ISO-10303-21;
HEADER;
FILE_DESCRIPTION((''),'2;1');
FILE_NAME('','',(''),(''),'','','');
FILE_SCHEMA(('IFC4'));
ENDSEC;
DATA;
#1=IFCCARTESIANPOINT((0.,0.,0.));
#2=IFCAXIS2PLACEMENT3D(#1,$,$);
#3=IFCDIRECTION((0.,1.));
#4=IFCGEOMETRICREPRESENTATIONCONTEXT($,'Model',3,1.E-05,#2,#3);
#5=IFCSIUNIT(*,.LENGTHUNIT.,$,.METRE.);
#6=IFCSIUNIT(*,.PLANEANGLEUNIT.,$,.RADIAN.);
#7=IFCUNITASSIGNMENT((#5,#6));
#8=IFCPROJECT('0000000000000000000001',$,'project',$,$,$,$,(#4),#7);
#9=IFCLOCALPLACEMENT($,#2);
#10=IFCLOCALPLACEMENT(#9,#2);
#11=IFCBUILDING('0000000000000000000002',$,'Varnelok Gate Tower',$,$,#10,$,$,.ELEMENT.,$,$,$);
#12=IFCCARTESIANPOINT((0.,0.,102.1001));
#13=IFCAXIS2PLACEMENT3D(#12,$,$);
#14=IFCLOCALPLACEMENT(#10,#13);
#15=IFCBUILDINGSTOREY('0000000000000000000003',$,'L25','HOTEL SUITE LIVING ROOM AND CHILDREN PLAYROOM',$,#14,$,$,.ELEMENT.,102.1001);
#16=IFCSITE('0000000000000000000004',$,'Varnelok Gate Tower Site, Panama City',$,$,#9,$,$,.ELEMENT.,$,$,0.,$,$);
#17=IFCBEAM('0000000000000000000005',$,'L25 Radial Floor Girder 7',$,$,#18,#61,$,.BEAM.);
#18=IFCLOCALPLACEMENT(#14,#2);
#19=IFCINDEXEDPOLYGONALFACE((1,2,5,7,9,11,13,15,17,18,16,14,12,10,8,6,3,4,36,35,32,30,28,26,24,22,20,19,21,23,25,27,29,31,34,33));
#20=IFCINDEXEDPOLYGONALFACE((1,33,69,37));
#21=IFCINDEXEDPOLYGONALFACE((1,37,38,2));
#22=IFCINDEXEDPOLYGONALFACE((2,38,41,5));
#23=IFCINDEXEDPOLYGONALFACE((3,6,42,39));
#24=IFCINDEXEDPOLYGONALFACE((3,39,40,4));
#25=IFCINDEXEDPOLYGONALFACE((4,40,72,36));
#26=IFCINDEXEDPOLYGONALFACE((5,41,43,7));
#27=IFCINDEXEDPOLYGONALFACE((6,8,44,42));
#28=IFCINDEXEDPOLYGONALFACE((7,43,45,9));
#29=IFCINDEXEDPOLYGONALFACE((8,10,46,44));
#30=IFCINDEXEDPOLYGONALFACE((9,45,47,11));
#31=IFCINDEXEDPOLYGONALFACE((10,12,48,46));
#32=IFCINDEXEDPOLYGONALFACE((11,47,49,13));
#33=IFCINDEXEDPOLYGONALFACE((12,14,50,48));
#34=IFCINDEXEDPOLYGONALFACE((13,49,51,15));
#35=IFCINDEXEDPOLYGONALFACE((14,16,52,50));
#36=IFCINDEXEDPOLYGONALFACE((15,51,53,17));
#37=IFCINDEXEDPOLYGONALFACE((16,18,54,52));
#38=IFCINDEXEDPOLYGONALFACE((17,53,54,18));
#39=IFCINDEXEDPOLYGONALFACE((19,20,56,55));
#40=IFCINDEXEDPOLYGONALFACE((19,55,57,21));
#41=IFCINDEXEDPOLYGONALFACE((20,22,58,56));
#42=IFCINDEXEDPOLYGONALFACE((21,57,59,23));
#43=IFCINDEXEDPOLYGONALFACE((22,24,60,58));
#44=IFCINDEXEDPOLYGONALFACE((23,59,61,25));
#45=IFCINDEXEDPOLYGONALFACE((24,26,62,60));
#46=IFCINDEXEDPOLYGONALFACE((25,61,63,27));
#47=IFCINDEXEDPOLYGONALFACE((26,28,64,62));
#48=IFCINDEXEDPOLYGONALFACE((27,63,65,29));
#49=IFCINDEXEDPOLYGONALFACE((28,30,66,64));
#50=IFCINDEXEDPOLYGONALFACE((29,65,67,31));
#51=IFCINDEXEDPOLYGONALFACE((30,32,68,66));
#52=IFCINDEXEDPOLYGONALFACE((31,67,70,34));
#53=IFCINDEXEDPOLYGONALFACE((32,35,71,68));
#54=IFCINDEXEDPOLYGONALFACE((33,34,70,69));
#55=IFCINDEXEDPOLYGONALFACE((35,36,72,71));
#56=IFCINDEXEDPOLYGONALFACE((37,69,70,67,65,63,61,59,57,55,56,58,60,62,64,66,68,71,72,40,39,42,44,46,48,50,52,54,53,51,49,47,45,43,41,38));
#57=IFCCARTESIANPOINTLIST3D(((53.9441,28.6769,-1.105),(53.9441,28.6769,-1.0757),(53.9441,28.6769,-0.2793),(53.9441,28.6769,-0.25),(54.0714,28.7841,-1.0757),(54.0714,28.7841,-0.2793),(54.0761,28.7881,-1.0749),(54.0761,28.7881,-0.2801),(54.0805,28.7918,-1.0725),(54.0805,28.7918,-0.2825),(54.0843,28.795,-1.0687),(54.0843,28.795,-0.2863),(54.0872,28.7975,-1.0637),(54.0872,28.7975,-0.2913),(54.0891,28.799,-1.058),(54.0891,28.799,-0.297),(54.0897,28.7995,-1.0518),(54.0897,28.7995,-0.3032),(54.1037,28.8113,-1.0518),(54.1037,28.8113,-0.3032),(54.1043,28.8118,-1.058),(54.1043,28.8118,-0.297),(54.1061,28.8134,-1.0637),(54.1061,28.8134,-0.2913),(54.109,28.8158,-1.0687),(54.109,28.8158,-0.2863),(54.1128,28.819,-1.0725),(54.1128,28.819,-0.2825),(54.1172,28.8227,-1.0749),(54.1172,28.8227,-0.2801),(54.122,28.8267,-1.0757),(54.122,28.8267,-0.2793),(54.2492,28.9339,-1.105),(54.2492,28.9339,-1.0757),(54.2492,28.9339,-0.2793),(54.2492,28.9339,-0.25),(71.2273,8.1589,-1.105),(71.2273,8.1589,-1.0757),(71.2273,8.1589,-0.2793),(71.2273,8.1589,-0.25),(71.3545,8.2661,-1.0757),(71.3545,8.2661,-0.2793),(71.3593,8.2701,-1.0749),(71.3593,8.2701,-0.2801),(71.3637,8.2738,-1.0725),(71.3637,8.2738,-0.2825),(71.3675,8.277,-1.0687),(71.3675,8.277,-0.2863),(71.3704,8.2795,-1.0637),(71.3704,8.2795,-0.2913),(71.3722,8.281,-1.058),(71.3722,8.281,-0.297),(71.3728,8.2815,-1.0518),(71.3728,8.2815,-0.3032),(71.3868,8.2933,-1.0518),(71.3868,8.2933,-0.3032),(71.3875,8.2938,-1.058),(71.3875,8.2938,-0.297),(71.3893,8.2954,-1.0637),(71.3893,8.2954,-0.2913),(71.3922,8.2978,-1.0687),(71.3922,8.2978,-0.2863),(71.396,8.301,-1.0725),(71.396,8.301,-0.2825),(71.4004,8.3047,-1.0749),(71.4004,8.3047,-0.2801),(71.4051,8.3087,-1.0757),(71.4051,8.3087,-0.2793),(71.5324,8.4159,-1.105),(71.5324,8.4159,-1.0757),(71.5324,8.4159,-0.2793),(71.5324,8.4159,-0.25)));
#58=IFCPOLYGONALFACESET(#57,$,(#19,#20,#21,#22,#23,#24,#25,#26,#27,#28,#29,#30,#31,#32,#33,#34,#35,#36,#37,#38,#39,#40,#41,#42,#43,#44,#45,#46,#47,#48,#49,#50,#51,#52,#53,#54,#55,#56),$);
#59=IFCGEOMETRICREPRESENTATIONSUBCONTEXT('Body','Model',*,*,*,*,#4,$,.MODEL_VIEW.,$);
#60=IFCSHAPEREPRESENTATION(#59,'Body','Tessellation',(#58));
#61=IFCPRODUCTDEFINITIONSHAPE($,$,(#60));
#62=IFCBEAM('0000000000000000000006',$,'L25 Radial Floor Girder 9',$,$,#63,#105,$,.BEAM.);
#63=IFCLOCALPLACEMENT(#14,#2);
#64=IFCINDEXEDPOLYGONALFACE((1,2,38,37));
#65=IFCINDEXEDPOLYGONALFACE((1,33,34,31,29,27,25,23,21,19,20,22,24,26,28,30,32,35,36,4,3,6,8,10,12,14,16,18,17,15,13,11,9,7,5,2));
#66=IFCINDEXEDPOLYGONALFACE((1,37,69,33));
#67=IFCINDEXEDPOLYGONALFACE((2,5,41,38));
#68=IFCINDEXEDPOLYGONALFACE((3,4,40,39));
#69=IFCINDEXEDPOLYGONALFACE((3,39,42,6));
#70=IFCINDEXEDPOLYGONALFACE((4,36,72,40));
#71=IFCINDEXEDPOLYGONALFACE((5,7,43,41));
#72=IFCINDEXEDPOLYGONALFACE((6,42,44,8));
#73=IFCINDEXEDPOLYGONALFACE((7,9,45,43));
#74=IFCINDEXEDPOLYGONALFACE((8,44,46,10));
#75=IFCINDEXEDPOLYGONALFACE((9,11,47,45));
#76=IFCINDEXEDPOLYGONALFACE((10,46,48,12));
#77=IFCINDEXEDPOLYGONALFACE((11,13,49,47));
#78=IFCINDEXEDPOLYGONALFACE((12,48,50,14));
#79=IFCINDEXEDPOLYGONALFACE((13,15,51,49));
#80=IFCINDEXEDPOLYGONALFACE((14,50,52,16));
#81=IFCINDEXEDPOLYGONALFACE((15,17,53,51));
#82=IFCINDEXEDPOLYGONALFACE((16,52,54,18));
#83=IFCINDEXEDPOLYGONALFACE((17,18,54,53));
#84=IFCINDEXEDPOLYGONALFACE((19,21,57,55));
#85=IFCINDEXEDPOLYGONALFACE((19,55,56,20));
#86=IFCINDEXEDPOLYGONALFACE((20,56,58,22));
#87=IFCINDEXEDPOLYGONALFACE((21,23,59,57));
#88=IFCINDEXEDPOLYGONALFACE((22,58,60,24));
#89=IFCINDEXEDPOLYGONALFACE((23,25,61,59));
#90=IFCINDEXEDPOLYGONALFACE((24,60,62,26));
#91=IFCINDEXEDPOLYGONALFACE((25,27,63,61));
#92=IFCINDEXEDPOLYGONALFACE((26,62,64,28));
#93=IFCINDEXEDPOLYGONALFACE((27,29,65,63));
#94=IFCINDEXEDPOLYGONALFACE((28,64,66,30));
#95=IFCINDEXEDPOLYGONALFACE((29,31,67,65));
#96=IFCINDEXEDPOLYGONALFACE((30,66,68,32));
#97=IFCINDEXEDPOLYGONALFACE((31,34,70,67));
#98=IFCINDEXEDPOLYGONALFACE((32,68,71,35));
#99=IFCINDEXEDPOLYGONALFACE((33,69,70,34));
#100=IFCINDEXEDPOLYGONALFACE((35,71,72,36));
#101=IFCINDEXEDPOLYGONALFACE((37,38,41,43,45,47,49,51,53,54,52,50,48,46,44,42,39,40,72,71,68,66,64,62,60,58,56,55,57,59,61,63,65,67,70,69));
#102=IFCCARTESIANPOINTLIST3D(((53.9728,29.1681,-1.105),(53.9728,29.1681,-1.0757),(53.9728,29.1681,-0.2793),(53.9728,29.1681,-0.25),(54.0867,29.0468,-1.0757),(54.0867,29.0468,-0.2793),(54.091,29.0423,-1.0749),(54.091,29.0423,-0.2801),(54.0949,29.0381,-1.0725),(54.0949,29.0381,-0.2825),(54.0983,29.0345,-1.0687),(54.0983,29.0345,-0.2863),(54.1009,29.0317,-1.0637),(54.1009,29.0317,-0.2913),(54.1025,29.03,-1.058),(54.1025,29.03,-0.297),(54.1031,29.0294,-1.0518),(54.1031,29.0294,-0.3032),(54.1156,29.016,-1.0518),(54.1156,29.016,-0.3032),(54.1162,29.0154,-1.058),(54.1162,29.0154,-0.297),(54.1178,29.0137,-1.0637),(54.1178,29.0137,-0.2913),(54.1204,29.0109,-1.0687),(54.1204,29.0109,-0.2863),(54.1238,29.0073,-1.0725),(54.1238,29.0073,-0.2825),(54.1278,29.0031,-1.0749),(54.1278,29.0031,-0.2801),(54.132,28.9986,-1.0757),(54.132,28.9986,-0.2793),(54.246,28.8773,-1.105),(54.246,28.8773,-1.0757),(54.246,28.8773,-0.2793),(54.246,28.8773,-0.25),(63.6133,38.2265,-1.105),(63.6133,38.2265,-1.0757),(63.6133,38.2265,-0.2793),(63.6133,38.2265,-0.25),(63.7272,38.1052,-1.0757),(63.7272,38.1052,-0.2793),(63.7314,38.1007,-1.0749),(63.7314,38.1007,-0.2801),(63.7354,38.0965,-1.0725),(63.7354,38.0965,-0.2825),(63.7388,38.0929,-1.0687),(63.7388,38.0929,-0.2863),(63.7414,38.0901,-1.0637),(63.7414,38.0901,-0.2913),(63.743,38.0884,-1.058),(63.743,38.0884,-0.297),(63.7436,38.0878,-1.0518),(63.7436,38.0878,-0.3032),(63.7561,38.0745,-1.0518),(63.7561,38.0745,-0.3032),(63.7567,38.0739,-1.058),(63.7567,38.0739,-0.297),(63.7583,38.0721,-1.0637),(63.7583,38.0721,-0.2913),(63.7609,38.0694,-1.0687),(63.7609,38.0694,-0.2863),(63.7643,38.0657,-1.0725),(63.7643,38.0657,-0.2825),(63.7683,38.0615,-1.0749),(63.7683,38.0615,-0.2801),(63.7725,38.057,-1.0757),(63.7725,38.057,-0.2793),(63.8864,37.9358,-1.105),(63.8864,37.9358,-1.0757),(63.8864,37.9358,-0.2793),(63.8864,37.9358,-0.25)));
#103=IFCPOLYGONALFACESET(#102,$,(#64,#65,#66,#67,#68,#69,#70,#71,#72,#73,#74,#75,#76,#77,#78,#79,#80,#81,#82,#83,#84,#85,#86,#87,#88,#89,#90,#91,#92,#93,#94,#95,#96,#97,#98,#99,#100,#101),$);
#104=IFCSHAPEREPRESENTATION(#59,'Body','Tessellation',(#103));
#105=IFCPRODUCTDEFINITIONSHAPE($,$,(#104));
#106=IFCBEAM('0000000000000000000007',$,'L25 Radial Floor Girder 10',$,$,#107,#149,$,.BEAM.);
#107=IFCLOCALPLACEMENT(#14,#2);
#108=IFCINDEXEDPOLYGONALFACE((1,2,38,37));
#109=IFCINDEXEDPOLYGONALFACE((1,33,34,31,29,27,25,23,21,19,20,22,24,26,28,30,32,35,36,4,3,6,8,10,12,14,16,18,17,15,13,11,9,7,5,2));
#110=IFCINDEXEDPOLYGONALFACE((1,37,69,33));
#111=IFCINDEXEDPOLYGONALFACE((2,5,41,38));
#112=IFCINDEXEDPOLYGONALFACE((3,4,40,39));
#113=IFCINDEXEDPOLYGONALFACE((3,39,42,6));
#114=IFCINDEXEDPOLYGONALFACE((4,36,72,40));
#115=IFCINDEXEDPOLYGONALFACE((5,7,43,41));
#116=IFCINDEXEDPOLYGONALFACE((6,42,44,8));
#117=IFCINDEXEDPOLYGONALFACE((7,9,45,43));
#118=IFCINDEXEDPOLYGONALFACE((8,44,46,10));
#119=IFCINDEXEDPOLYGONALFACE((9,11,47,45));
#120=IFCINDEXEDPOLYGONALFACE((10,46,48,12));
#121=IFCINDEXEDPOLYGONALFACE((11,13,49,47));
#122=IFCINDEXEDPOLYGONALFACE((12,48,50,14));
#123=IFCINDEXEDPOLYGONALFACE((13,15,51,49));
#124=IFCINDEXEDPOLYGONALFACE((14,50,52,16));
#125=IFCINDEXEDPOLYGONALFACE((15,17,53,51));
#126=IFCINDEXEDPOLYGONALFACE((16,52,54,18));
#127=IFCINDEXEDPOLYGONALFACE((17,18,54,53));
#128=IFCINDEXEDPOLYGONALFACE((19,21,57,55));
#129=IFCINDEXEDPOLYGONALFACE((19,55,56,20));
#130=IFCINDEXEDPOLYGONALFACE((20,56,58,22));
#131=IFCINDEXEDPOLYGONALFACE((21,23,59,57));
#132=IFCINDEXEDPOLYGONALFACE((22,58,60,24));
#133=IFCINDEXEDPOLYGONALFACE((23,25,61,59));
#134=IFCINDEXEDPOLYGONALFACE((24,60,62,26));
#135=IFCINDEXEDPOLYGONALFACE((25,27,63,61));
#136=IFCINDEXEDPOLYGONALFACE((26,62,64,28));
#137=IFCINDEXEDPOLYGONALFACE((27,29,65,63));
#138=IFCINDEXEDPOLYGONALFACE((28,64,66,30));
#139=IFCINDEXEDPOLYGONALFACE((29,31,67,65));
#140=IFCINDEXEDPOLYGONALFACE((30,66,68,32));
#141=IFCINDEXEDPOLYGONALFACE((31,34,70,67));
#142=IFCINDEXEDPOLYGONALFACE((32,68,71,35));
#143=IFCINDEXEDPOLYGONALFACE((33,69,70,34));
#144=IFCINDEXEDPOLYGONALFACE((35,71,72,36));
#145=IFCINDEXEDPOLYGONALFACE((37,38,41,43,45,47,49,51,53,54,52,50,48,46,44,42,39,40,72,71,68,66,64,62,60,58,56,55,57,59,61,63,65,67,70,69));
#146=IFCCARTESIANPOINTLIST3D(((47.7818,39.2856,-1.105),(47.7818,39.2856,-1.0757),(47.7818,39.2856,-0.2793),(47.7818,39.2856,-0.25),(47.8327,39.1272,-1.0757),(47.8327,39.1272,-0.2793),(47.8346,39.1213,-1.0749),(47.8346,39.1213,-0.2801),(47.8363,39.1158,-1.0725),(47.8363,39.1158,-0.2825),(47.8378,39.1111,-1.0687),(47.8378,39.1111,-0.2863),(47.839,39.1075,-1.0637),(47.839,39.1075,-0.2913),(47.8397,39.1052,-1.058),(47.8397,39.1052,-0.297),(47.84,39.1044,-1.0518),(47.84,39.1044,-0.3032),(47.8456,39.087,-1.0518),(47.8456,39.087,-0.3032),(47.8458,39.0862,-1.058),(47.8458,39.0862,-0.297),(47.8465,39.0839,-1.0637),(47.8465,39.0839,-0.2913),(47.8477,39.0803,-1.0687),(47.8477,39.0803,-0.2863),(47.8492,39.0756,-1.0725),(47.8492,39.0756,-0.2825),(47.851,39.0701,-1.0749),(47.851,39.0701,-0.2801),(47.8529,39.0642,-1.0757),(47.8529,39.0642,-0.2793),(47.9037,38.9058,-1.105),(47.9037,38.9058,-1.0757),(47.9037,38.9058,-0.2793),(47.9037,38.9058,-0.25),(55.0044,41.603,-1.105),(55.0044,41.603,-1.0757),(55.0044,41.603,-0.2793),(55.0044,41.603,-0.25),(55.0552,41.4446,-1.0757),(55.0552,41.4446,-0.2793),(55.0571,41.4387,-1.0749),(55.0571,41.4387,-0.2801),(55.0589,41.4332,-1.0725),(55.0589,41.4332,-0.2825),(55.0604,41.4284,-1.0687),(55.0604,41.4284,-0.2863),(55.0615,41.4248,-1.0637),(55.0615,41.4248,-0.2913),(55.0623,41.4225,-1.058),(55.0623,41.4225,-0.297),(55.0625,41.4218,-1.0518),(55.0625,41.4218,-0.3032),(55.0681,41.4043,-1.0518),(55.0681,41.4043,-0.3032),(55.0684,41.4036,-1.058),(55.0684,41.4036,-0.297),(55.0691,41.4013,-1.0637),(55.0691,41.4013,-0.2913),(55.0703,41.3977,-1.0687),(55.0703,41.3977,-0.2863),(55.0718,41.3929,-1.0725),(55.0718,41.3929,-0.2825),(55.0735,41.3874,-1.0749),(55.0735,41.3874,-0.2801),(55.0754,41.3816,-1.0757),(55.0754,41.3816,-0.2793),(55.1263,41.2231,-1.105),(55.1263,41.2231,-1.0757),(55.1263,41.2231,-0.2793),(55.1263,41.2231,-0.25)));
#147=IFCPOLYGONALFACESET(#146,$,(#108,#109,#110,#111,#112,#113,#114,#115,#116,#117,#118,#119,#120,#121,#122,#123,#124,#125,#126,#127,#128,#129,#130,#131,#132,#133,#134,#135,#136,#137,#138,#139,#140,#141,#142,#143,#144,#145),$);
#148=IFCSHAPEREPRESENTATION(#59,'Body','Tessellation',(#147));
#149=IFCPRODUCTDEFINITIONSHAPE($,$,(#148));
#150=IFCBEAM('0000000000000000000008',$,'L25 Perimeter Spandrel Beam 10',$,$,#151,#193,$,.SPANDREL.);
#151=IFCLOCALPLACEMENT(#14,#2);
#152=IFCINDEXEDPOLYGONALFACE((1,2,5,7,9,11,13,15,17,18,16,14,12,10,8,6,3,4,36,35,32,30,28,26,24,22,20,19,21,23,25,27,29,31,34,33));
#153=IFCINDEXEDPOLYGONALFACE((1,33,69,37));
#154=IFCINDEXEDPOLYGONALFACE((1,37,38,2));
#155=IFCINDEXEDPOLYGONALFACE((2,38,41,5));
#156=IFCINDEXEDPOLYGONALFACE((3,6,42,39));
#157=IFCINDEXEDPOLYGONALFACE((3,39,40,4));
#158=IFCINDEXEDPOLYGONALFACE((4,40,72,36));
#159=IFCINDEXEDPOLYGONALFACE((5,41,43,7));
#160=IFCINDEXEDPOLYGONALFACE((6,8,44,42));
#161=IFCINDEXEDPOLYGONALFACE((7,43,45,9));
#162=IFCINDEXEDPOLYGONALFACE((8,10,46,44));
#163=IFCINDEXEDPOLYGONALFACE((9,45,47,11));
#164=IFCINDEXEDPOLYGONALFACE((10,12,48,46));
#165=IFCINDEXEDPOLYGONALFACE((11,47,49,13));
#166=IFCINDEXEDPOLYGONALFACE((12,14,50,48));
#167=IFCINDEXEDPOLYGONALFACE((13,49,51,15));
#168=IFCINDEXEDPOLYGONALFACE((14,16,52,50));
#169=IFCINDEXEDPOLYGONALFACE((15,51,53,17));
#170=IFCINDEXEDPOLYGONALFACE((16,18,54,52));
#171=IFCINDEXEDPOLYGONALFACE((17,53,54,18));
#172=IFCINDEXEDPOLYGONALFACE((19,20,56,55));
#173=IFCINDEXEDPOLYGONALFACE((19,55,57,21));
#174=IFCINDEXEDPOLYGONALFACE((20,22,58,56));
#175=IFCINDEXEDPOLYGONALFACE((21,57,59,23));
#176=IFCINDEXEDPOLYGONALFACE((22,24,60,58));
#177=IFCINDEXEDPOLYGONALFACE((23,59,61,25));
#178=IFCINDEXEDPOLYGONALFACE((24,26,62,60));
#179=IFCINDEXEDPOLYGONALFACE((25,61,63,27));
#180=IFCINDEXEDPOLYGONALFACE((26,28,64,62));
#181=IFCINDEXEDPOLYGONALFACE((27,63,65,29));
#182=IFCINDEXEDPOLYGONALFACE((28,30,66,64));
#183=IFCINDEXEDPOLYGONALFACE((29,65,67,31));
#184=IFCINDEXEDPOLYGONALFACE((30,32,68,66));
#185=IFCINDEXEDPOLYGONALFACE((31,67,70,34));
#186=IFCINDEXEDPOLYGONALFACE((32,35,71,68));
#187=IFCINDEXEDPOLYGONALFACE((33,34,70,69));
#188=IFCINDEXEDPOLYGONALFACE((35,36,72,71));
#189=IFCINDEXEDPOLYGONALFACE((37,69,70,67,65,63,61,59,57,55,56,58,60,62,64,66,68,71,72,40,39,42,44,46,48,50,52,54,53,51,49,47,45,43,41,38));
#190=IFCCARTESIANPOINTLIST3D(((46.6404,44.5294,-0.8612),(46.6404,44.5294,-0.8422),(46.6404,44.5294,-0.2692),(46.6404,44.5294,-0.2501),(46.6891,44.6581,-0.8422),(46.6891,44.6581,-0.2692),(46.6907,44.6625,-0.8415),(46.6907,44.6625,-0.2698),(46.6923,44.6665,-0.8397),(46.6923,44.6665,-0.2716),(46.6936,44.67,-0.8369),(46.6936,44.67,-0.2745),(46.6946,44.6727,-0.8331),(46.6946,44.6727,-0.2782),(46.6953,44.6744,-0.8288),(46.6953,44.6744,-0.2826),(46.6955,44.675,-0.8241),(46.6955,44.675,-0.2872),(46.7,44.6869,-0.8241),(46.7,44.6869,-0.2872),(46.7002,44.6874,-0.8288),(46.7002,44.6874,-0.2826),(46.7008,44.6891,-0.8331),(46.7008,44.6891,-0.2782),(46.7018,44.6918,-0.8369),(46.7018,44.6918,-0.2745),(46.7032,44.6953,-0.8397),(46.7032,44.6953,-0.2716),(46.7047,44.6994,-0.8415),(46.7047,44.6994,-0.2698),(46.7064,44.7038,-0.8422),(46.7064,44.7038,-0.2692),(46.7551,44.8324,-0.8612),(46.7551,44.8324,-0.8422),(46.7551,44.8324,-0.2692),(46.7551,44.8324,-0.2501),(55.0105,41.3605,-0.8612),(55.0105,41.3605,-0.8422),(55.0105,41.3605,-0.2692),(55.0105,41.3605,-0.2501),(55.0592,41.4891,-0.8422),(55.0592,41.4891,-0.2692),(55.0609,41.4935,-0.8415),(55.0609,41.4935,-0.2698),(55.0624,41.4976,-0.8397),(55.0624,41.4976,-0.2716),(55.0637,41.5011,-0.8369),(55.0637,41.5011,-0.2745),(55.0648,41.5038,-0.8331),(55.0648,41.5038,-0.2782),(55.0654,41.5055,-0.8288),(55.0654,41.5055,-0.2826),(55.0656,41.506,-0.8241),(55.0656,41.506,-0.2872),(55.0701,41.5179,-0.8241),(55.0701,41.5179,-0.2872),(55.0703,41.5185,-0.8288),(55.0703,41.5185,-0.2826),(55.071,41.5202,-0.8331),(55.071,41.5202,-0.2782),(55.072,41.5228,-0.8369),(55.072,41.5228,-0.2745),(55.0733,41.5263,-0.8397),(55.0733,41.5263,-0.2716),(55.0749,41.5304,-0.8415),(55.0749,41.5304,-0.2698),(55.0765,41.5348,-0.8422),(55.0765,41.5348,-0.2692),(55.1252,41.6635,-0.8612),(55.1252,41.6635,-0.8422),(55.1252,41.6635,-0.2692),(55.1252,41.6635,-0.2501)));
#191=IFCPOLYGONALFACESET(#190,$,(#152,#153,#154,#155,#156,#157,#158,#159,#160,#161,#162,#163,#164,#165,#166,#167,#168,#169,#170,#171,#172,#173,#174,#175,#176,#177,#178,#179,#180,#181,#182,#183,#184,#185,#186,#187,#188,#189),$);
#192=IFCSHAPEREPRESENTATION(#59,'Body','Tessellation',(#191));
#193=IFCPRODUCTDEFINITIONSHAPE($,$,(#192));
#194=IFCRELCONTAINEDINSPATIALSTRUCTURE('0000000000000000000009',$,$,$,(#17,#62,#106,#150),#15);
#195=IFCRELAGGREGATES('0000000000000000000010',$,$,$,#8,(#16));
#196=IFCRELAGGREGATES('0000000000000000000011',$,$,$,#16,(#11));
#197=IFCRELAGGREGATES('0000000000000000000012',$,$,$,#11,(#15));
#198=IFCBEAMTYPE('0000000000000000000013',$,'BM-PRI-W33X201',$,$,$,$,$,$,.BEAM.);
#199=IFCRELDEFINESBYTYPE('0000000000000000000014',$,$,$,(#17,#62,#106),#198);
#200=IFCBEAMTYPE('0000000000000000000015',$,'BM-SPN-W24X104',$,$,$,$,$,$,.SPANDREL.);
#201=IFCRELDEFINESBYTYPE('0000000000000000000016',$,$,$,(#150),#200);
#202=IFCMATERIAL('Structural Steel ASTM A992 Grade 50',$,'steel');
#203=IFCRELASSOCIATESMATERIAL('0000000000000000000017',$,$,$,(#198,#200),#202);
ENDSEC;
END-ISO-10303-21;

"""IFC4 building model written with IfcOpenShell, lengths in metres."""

from ifc_helpers import new_model, si_unit, direction, frame, origin, origin_2d, place, context, subcontext, project, spatial, i_section, extrude, material, material_profile, profile_set, type_object, element, save


model = new_model("IFC4")

# Units and contexts
model_context = context("Model", 3, precision=1e-05, world=origin(), true_north=direction((0.0, 1.0)))
body_context = subcontext(model_context, "Body", "Model", "MODEL_VIEW")
ifc_project = project(units=[si_unit("LENGTHUNIT", "METRE"), si_unit("PLANEANGLEUNIT", "RADIAN")], contexts=[model_context])

# Site, building, storey
site_placement = place(None, origin())
site = spatial("IfcSite", under=ifc_project, at=site_placement, Name="Varnelok Gate Tower Site, Panama City", CompositionType="ELEMENT", RefElevation=0.0)
building_placement = place(site_placement, origin())
building = spatial("IfcBuilding", under=site, at=building_placement, Name="Varnelok Gate Tower", CompositionType="ELEMENT")
storey_placement = place(building_placement, frame((0.0, 0.0, 102.1001)))
storey = spatial("IfcBuildingStorey", under=building, at=storey_placement, Name="L25", Description="HOTEL SUITE LIVING ROOM AND CHILDREN PLAYROOM", CompositionType="ELEMENT", Elevation=102.1001)

# Shared definitions
ifc_material_1 = material(Name="Structural Steel ASTM A992 Grade 50", Category="steel")

# Beams
ifc_material_profile_1 = material_profile(ifc_material_1, i_section(OverallWidth=0.3989, OverallDepth=0.855, WebThickness=0.0183, FlangeThickness=0.0293, FilletRadius=0.0239, at=origin_2d()), Name="W33X201")
ifc_profile_set_1 = profile_set([ifc_material_profile_1], Name="Structural Steel ASTM A992 Grade 50")
beam_type_1 = type_object("IfcBeamType", Name="BM-PRI-W33X201", PredefinedType="BEAM", material=ifc_profile_set_1)
beam_1_placement = place(storey_placement, frame((54.0967, 28.8054, -0.6775), z_axis=(0.644241, -0.764822, 0.0), x_axis=(0.764822, 0.644241, 0.0)))
element("IfcBeam", 1, at=beam_1_placement, inside=storey, type_object=beam_type_1, Name="L25 Radial Floor Girder 7", PredefinedType="BEAM", context=body_context, shape_type="SweptSolid", body=[
    extrude(i_section(OverallWidth=0.3989, OverallDepth=0.855, WebThickness=0.0183, FlangeThickness=0.0293, FilletRadius=0.0239, at=origin_2d()), origin(), (0.0, 0.0, 1.0), 26.8271),
])
beam_2_placement = place(storey_placement, frame((54.1094, 29.0227, -0.6775), z_axis=(0.728764, 0.684765, 0.0), x_axis=(-0.684765, 0.728764, 0.0)))
element("IfcBeam", 2, at=beam_2_placement, inside=storey, type_object=beam_type_1, Name="L25 Radial Floor Girder 9", PredefinedType="BEAM", context=body_context, shape_type="SweptSolid", body=[
    extrude(i_section(OverallWidth=0.3989, OverallDepth=0.855, WebThickness=0.0183, FlangeThickness=0.0293, FilletRadius=0.0239, at=origin_2d()), origin(), (0.0, 0.0, 1.0), 13.2285),
])
beam_3_placement = place(storey_placement, frame((47.8428, 39.0957, -0.6775), z_axis=(0.952189, 0.305509, 0.0), x_axis=(-0.305509, 0.952189, 0.0)))
element("IfcBeam", 3, at=beam_3_placement, inside=storey, type_object=beam_type_1, Name="L25 Radial Floor Girder 10", PredefinedType="BEAM", context=body_context, shape_type="SweptSolid", body=[
    extrude(i_section(OverallWidth=0.3989, OverallDepth=0.855, WebThickness=0.0183, FlangeThickness=0.0293, FilletRadius=0.0239, at=origin_2d()), origin(), (0.0, 0.0, 1.0), 7.5852),
])
ifc_material_profile_2 = material_profile(ifc_material_1, i_section(OverallWidth=0.324, OverallDepth=0.6111, WebThickness=0.0127, FlangeThickness=0.019, FilletRadius=0.0181, at=origin_2d()), Name="W24X104")
ifc_profile_set_2 = profile_set([ifc_material_profile_2], Name="Structural Steel ASTM A992 Grade 50")
beam_type_2 = type_object("IfcBeamType", Name="BM-SPN-W24X104", PredefinedType="SPANDREL", material=ifc_profile_set_2)
beam_4_placement = place(storey_placement, frame((55.0679, 41.512, -0.5557), z_axis=(-0.935217, 0.354075, 0.0), x_axis=(-0.354075, -0.935217, 0.0)))
element("IfcBeam", 4, at=beam_4_placement, inside=storey, type_object=beam_type_2, Name="L25 Perimeter Spandrel Beam 10", PredefinedType="SPANDREL", context=body_context, shape_type="SweptSolid", body=[
    extrude(i_section(OverallWidth=0.324, OverallDepth=0.6111, WebThickness=0.0127, FlangeThickness=0.019, FilletRadius=0.0181, at=origin_2d()), origin(), (0.0, 0.0, 1.0), 8.95),
])

save(model, "model.ifc")
